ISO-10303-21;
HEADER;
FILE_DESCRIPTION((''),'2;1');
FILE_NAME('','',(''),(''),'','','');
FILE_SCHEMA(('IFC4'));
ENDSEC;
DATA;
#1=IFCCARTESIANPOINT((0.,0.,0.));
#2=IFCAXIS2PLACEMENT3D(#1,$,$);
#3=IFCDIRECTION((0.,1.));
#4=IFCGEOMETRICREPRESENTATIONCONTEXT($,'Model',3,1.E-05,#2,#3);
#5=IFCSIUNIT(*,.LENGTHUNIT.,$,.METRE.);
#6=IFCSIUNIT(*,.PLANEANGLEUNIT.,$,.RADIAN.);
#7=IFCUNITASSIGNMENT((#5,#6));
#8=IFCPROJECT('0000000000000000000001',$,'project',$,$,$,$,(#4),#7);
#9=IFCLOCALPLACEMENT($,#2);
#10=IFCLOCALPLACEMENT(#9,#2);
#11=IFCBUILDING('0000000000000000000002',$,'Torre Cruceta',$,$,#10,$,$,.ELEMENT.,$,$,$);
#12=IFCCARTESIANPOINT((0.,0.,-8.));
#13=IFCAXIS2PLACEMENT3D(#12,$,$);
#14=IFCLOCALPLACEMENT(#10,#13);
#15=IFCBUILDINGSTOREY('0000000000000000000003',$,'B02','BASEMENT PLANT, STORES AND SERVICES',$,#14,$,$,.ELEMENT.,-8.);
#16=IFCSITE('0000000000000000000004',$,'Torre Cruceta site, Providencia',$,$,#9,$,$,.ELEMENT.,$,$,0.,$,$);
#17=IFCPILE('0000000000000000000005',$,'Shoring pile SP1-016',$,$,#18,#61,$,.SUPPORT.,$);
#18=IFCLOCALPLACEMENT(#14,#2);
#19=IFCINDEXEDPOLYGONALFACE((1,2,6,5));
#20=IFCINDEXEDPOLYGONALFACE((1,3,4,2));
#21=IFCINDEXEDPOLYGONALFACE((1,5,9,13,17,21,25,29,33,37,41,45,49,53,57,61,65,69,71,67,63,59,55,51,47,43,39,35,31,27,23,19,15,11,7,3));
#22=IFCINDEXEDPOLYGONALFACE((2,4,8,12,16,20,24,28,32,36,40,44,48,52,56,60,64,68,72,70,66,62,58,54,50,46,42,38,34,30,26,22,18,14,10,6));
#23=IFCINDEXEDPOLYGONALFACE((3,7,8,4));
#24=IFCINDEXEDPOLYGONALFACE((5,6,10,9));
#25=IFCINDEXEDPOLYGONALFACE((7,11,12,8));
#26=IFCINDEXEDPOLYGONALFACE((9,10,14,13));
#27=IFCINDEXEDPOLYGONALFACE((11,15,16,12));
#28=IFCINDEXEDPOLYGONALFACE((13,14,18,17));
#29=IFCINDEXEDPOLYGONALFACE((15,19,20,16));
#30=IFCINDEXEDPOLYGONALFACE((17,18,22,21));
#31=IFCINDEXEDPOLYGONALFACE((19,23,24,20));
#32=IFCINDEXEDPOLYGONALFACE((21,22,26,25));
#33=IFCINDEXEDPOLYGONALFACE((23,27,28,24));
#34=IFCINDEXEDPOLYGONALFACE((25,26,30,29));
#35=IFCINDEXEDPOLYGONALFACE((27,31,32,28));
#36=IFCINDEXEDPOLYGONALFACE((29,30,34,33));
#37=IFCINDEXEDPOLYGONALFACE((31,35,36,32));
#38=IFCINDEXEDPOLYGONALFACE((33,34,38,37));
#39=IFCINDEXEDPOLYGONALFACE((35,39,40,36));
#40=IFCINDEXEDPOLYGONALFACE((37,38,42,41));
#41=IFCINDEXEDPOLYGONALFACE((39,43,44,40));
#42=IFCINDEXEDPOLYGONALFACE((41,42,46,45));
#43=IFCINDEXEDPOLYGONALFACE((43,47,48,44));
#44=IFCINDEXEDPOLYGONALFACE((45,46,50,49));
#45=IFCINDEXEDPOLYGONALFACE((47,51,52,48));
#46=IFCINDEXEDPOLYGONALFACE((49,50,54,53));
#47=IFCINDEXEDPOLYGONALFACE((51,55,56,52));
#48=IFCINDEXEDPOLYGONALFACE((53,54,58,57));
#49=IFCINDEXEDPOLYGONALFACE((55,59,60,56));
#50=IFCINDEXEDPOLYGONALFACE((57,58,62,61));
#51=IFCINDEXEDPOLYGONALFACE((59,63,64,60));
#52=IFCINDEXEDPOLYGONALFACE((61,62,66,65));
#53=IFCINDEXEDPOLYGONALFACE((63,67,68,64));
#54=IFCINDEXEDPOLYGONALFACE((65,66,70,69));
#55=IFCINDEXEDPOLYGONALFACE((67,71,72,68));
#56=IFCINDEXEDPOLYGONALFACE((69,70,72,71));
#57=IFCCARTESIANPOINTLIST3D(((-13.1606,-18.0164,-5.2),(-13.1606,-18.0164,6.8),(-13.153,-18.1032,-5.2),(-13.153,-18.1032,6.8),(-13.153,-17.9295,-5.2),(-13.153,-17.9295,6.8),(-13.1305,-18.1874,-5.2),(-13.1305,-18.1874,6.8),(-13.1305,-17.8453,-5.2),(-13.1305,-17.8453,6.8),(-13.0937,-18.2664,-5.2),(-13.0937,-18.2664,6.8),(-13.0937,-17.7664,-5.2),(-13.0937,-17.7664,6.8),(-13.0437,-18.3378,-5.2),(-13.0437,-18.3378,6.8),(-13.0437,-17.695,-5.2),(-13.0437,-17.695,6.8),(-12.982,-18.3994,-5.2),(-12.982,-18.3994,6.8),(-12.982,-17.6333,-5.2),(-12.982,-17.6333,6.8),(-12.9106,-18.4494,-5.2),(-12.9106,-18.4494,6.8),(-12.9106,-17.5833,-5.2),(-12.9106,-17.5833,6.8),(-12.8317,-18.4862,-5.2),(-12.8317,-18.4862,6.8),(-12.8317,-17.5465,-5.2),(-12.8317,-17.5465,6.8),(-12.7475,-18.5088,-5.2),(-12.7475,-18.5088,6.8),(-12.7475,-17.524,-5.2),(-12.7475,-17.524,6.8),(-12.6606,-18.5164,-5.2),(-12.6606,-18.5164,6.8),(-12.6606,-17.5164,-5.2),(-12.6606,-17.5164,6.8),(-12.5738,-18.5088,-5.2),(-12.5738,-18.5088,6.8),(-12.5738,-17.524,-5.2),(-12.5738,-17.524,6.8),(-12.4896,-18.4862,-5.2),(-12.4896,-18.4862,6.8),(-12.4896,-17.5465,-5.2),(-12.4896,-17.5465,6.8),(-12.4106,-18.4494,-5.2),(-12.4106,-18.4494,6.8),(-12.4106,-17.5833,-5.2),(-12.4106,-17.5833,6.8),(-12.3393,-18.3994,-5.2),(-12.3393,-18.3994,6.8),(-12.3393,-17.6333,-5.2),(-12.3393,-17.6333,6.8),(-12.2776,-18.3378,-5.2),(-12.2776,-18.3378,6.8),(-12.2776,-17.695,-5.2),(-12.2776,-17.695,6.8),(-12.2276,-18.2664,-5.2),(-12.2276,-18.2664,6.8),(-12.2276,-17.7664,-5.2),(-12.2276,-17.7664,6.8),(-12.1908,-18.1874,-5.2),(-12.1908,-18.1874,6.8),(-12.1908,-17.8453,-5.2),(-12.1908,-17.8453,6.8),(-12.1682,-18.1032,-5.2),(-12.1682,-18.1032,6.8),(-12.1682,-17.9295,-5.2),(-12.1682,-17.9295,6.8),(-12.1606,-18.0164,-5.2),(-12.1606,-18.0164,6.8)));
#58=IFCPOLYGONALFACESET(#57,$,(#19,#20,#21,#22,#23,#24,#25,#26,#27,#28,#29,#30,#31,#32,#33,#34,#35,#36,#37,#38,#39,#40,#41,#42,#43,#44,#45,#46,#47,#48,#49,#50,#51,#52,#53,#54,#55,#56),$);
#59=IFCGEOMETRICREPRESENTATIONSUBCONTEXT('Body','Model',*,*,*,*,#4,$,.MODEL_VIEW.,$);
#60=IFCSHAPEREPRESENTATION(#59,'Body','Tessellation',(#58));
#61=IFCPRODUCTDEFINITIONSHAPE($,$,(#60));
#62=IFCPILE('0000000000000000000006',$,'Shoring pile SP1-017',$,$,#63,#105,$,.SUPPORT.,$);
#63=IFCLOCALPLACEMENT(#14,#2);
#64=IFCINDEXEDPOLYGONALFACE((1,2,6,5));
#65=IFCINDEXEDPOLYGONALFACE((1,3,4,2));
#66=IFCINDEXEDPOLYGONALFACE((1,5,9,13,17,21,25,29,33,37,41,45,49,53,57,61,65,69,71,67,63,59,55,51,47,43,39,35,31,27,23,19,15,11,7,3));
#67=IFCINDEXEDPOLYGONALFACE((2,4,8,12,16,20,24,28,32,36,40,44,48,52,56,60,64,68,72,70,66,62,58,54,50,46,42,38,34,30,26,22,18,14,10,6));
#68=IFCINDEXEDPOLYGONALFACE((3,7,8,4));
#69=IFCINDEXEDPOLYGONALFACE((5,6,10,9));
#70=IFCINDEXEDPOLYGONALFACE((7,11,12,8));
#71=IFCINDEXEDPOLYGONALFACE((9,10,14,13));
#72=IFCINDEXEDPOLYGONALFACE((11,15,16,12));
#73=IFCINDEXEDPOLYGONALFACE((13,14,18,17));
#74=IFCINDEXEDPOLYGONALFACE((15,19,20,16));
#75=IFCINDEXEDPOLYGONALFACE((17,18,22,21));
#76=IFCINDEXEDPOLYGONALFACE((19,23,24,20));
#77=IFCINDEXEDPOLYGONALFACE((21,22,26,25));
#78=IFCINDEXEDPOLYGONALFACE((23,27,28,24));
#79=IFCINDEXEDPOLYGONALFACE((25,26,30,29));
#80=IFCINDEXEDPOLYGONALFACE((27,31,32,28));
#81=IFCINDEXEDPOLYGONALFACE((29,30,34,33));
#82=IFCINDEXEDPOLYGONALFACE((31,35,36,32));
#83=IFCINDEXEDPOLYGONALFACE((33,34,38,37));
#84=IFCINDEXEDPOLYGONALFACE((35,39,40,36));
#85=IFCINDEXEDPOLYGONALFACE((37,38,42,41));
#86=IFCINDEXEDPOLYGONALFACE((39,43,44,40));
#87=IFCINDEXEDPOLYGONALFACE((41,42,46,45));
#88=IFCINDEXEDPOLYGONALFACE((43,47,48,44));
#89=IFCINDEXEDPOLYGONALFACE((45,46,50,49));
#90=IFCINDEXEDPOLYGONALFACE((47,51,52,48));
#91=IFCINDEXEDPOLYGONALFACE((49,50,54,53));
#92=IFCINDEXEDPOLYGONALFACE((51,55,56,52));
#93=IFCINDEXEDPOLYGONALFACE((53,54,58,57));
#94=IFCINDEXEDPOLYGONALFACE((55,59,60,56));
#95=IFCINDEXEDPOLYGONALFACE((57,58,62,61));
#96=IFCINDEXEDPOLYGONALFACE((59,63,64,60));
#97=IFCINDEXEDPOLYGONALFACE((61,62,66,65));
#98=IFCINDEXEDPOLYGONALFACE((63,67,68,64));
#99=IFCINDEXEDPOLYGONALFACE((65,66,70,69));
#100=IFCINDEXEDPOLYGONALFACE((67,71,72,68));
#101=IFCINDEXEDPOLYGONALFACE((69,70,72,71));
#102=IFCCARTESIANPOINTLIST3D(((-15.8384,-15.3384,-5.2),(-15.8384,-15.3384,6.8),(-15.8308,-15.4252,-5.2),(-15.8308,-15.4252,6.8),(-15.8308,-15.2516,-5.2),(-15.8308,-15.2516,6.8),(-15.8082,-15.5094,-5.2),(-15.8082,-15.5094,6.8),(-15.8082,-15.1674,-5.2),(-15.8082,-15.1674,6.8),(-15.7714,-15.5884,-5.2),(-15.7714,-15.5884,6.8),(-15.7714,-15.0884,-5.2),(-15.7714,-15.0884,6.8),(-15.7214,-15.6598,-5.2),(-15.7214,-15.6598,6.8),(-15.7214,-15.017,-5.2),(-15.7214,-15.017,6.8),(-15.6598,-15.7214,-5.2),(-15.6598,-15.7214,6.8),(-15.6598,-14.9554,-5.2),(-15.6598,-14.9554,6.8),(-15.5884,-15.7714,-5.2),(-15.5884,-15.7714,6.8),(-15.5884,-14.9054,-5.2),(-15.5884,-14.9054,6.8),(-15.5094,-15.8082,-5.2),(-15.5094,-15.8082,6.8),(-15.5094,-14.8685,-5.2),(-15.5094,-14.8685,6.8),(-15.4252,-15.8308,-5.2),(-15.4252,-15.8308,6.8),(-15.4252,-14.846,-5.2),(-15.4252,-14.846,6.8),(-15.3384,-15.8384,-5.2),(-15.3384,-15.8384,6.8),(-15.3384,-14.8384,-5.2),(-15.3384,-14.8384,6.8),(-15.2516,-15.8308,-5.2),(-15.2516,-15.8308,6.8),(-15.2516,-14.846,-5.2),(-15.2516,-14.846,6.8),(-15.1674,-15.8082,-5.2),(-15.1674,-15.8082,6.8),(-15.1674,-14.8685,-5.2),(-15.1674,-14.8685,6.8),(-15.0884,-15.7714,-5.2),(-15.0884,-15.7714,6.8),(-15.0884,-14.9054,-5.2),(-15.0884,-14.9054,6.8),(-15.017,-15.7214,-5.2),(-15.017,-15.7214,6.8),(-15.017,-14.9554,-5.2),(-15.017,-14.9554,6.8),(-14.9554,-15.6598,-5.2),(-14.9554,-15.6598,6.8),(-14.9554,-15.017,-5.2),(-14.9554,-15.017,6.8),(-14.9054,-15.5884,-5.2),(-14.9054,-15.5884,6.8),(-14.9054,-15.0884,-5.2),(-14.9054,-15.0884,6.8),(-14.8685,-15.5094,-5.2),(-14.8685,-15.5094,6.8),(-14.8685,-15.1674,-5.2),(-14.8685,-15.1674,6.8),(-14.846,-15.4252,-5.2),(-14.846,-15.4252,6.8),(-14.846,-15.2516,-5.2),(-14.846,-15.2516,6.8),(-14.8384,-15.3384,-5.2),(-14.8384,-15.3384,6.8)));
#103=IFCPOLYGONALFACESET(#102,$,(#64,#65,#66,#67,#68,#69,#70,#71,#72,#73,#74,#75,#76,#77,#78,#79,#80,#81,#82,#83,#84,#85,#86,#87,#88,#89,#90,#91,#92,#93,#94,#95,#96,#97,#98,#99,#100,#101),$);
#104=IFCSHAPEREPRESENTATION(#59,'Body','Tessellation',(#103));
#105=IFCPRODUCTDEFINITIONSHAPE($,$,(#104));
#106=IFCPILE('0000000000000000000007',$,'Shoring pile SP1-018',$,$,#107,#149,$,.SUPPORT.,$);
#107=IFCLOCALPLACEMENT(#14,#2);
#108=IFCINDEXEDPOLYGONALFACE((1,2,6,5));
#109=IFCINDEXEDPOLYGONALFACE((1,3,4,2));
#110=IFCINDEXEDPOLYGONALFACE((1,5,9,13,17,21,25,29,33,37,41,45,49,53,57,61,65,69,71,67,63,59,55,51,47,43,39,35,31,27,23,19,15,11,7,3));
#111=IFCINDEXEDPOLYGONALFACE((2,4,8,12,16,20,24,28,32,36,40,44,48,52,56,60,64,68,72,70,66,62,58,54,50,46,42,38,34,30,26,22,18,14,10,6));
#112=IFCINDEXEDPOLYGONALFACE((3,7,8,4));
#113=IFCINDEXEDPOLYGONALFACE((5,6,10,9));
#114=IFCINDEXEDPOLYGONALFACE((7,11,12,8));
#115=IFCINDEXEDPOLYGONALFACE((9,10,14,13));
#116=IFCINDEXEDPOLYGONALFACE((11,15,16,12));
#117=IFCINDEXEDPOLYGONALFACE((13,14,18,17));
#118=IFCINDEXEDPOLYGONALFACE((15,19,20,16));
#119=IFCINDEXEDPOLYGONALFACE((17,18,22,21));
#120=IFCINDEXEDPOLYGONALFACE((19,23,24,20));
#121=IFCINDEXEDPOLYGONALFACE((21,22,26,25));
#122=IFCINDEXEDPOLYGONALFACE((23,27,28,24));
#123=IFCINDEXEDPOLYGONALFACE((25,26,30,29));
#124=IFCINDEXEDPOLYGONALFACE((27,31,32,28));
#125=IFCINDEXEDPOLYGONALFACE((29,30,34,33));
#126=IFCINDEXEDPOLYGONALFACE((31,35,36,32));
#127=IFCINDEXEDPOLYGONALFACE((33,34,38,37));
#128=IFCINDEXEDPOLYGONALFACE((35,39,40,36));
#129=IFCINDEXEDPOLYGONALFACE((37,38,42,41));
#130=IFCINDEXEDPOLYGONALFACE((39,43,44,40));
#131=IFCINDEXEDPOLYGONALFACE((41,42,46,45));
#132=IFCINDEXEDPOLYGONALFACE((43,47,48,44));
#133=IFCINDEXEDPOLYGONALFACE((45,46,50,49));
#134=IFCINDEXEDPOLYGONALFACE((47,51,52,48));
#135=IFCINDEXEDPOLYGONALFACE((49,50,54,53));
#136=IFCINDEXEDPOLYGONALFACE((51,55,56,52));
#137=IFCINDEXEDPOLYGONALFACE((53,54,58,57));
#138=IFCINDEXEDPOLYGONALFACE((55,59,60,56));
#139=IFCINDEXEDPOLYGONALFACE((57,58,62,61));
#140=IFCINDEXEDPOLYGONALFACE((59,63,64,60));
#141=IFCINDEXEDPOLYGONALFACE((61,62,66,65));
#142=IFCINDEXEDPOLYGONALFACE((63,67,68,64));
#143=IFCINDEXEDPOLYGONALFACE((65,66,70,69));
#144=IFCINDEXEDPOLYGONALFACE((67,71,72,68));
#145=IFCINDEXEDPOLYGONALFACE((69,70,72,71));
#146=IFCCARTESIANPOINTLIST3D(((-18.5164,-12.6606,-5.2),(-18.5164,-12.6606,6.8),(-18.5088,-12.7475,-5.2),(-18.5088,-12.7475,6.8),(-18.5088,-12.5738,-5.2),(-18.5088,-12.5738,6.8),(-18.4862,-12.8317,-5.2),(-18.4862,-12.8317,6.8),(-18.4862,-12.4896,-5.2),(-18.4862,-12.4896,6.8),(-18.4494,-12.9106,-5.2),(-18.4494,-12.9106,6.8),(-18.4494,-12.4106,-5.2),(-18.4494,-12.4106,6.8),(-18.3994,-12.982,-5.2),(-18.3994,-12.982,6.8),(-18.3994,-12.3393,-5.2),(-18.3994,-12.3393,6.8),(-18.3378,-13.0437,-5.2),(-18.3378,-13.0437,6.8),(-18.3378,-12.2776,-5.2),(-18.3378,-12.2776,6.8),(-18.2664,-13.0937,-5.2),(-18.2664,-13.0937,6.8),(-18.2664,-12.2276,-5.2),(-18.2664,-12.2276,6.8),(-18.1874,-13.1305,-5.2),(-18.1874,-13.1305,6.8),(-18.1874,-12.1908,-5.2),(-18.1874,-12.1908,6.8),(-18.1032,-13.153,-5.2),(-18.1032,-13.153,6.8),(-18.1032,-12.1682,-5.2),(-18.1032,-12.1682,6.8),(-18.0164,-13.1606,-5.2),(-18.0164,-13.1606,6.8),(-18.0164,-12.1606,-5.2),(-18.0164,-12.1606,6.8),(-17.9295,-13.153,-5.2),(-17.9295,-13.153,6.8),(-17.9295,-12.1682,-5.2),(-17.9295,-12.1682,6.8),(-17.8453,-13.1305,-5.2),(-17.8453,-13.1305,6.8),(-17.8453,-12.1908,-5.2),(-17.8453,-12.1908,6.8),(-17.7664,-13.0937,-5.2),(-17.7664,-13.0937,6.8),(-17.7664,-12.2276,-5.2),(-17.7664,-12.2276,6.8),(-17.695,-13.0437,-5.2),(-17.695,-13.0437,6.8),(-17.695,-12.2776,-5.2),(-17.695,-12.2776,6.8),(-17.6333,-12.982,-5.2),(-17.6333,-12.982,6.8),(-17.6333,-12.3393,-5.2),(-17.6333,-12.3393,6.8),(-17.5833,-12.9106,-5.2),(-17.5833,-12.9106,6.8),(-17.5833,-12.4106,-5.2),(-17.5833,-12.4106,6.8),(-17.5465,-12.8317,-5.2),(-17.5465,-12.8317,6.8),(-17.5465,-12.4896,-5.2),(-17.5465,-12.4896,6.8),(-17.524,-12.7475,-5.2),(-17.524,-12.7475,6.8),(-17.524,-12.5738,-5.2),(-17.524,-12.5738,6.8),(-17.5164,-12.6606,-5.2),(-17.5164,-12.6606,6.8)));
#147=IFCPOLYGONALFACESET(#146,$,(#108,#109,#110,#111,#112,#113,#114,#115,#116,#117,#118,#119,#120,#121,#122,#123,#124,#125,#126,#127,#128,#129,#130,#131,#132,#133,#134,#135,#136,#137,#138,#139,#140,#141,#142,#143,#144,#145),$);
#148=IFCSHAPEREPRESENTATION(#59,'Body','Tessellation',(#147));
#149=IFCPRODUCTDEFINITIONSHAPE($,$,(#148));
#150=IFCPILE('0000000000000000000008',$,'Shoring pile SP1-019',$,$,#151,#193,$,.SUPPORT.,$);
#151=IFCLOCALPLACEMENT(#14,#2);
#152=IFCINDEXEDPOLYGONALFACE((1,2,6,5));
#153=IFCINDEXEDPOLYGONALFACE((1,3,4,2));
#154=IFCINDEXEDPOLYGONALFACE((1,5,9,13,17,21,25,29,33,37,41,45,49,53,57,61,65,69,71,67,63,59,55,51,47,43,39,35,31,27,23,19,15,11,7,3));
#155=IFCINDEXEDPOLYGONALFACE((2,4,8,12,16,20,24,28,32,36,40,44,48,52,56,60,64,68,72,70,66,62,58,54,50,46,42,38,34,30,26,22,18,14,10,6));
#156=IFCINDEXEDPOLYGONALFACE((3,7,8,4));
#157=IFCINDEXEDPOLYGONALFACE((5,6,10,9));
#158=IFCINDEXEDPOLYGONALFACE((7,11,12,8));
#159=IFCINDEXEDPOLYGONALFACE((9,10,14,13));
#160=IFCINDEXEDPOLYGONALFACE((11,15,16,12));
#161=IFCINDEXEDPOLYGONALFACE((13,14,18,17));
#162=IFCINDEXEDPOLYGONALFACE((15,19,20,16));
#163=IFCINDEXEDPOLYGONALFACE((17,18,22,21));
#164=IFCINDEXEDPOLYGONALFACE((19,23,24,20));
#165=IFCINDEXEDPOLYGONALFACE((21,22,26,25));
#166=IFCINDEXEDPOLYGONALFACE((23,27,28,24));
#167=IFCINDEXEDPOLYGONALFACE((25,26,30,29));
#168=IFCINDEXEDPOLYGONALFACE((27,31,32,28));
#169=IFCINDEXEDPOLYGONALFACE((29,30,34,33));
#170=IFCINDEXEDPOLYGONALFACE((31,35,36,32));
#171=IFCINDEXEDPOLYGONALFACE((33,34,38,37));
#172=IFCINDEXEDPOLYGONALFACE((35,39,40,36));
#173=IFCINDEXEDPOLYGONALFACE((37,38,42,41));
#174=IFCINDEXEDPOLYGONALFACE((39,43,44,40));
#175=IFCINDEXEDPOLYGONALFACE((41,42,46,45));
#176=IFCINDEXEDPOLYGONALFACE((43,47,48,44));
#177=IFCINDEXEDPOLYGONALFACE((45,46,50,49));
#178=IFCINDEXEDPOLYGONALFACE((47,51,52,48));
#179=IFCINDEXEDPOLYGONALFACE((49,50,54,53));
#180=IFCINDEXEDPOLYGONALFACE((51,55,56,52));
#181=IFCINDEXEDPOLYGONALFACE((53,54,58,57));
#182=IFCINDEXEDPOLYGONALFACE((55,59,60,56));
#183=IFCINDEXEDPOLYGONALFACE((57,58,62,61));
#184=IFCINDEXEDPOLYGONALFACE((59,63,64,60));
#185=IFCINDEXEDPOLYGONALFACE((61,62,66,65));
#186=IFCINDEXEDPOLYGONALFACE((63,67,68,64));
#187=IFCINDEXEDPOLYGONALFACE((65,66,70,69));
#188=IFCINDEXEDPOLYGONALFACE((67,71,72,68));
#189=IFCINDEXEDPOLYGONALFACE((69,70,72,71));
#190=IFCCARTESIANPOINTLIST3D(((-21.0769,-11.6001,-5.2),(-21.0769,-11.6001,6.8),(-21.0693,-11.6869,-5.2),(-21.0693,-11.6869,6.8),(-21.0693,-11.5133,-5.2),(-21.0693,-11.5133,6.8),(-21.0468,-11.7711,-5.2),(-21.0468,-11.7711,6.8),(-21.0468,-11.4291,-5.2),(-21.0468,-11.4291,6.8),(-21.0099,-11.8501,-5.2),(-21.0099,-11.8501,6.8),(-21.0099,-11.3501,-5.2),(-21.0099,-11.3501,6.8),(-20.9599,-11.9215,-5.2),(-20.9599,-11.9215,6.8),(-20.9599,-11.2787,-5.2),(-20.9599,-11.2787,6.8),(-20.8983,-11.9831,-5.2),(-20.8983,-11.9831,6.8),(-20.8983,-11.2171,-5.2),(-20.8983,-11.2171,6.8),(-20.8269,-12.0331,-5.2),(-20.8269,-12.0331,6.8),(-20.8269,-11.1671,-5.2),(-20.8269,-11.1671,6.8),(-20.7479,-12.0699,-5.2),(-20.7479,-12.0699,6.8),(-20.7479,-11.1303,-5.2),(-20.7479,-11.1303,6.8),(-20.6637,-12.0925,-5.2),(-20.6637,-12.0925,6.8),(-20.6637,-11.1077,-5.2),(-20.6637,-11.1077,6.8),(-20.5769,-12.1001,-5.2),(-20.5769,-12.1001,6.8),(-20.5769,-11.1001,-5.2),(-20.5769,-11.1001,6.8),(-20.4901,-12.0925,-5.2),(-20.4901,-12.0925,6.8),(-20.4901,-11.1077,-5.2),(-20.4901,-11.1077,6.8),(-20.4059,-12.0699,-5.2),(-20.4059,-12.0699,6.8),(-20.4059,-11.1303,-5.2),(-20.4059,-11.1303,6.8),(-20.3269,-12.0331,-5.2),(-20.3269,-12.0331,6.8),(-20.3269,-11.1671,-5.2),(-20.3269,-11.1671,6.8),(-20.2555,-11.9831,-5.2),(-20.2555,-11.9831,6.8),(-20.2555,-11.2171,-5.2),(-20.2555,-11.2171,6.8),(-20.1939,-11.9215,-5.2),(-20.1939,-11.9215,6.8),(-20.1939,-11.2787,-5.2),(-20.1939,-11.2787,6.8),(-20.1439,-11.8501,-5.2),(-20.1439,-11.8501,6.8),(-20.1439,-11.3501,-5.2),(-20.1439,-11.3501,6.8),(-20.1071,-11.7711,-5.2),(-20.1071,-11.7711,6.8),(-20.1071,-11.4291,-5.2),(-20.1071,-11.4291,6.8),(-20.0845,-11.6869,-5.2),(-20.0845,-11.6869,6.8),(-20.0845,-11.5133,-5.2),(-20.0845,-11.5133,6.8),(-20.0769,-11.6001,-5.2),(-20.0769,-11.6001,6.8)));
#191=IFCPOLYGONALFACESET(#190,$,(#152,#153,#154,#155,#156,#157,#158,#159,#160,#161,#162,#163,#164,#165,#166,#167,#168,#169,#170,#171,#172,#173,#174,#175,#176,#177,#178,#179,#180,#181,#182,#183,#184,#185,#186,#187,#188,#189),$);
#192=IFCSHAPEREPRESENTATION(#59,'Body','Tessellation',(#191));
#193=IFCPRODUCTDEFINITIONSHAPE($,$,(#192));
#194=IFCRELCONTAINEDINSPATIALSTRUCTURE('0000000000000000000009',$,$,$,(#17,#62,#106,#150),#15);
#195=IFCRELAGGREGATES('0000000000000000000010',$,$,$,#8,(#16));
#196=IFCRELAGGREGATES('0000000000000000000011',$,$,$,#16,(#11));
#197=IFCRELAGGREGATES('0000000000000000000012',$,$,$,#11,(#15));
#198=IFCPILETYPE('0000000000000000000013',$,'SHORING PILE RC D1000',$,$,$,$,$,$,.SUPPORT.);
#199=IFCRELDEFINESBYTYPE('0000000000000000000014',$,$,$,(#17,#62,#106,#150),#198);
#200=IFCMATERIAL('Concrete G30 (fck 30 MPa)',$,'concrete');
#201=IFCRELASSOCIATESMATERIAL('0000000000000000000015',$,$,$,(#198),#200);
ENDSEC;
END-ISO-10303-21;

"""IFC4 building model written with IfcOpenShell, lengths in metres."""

from ifc_helpers import new_model, si_unit, direction, frame, origin, origin_2d, place, context, subcontext, project, spatial, circle, extrude, material, material_profile, profile_set, type_object, element, save


model = new_model("IFC4")

# Units and contexts
model_context = context("Model", 3, precision=1e-05, world=origin(), true_north=direction((0.0, 1.0)))
body_context = subcontext(model_context, "Body", "Model", "MODEL_VIEW")
ifc_project = project(units=[si_unit("LENGTHUNIT", "METRE"), si_unit("PLANEANGLEUNIT", "RADIAN")], contexts=[model_context])

# Site, building, storey
site_placement = place(None, origin())
site = spatial("IfcSite", under=ifc_project, at=site_placement, Name="Torre Cruceta site, Providencia", CompositionType="ELEMENT", RefElevation=0.0)
building_placement = place(site_placement, origin())
building = spatial("IfcBuilding", under=site, at=building_placement, Name="Torre Cruceta", CompositionType="ELEMENT")
storey_placement = place(building_placement, frame((0.0, 0.0, -8.0)))
storey = spatial("IfcBuildingStorey", under=building, at=storey_placement, Name="B02", Description="BASEMENT PLANT, STORES AND SERVICES", CompositionType="ELEMENT", Elevation=-8.0)

# Piles
ifc_material_1 = material(Name="Concrete G30 (fck 30 MPa)", Category="concrete")
ifc_material_profile_1 = material_profile(ifc_material_1, circle(Radius=0.5, at=origin_2d()), Name="RC D1000")
ifc_profile_set_1 = profile_set([ifc_material_profile_1], Name="Concrete G30 (fck 30 MPa)")
pile_type_1 = type_object("IfcPileType", Name="SHORING PILE RC D1000", PredefinedType="SUPPORT", material=ifc_profile_set_1)
for number, where, z_axis, x_axis, name in (
    (1, (-12.6606, -18.0164, 6.8), (0.0, 0.0, -1.0), (1.0, 0.0, 0.0), "Shoring pile SP1-016"),
    (2, (-15.3384, -15.3384, 6.8), (0.0, 0.0, -1.0), (1.0, 0.0, 0.0), "Shoring pile SP1-017"),
    (3, (-18.0164, -12.6606, 6.8), (0.0, 0.0, -1.0), (1.0, 0.0, 0.0), "Shoring pile SP1-018"),
    (4, (-20.5769, -11.6001, 6.8), (0.0, 0.0, -1.0), (1.0, 0.0, 0.0), "Shoring pile SP1-019"),
):
    element("IfcPile", number, at=place(storey_placement, frame(where, z_axis=z_axis, x_axis=x_axis)), inside=storey, type_object=pile_type_1, Name=name, PredefinedType="SUPPORT", context=body_context, shape_type="SweptSolid", body=[
        extrude(circle(Radius=0.5, at=origin_2d()), origin(), (0.0, 0.0, 1.0), 12.0),
    ])

save(model, "model.ifc")
